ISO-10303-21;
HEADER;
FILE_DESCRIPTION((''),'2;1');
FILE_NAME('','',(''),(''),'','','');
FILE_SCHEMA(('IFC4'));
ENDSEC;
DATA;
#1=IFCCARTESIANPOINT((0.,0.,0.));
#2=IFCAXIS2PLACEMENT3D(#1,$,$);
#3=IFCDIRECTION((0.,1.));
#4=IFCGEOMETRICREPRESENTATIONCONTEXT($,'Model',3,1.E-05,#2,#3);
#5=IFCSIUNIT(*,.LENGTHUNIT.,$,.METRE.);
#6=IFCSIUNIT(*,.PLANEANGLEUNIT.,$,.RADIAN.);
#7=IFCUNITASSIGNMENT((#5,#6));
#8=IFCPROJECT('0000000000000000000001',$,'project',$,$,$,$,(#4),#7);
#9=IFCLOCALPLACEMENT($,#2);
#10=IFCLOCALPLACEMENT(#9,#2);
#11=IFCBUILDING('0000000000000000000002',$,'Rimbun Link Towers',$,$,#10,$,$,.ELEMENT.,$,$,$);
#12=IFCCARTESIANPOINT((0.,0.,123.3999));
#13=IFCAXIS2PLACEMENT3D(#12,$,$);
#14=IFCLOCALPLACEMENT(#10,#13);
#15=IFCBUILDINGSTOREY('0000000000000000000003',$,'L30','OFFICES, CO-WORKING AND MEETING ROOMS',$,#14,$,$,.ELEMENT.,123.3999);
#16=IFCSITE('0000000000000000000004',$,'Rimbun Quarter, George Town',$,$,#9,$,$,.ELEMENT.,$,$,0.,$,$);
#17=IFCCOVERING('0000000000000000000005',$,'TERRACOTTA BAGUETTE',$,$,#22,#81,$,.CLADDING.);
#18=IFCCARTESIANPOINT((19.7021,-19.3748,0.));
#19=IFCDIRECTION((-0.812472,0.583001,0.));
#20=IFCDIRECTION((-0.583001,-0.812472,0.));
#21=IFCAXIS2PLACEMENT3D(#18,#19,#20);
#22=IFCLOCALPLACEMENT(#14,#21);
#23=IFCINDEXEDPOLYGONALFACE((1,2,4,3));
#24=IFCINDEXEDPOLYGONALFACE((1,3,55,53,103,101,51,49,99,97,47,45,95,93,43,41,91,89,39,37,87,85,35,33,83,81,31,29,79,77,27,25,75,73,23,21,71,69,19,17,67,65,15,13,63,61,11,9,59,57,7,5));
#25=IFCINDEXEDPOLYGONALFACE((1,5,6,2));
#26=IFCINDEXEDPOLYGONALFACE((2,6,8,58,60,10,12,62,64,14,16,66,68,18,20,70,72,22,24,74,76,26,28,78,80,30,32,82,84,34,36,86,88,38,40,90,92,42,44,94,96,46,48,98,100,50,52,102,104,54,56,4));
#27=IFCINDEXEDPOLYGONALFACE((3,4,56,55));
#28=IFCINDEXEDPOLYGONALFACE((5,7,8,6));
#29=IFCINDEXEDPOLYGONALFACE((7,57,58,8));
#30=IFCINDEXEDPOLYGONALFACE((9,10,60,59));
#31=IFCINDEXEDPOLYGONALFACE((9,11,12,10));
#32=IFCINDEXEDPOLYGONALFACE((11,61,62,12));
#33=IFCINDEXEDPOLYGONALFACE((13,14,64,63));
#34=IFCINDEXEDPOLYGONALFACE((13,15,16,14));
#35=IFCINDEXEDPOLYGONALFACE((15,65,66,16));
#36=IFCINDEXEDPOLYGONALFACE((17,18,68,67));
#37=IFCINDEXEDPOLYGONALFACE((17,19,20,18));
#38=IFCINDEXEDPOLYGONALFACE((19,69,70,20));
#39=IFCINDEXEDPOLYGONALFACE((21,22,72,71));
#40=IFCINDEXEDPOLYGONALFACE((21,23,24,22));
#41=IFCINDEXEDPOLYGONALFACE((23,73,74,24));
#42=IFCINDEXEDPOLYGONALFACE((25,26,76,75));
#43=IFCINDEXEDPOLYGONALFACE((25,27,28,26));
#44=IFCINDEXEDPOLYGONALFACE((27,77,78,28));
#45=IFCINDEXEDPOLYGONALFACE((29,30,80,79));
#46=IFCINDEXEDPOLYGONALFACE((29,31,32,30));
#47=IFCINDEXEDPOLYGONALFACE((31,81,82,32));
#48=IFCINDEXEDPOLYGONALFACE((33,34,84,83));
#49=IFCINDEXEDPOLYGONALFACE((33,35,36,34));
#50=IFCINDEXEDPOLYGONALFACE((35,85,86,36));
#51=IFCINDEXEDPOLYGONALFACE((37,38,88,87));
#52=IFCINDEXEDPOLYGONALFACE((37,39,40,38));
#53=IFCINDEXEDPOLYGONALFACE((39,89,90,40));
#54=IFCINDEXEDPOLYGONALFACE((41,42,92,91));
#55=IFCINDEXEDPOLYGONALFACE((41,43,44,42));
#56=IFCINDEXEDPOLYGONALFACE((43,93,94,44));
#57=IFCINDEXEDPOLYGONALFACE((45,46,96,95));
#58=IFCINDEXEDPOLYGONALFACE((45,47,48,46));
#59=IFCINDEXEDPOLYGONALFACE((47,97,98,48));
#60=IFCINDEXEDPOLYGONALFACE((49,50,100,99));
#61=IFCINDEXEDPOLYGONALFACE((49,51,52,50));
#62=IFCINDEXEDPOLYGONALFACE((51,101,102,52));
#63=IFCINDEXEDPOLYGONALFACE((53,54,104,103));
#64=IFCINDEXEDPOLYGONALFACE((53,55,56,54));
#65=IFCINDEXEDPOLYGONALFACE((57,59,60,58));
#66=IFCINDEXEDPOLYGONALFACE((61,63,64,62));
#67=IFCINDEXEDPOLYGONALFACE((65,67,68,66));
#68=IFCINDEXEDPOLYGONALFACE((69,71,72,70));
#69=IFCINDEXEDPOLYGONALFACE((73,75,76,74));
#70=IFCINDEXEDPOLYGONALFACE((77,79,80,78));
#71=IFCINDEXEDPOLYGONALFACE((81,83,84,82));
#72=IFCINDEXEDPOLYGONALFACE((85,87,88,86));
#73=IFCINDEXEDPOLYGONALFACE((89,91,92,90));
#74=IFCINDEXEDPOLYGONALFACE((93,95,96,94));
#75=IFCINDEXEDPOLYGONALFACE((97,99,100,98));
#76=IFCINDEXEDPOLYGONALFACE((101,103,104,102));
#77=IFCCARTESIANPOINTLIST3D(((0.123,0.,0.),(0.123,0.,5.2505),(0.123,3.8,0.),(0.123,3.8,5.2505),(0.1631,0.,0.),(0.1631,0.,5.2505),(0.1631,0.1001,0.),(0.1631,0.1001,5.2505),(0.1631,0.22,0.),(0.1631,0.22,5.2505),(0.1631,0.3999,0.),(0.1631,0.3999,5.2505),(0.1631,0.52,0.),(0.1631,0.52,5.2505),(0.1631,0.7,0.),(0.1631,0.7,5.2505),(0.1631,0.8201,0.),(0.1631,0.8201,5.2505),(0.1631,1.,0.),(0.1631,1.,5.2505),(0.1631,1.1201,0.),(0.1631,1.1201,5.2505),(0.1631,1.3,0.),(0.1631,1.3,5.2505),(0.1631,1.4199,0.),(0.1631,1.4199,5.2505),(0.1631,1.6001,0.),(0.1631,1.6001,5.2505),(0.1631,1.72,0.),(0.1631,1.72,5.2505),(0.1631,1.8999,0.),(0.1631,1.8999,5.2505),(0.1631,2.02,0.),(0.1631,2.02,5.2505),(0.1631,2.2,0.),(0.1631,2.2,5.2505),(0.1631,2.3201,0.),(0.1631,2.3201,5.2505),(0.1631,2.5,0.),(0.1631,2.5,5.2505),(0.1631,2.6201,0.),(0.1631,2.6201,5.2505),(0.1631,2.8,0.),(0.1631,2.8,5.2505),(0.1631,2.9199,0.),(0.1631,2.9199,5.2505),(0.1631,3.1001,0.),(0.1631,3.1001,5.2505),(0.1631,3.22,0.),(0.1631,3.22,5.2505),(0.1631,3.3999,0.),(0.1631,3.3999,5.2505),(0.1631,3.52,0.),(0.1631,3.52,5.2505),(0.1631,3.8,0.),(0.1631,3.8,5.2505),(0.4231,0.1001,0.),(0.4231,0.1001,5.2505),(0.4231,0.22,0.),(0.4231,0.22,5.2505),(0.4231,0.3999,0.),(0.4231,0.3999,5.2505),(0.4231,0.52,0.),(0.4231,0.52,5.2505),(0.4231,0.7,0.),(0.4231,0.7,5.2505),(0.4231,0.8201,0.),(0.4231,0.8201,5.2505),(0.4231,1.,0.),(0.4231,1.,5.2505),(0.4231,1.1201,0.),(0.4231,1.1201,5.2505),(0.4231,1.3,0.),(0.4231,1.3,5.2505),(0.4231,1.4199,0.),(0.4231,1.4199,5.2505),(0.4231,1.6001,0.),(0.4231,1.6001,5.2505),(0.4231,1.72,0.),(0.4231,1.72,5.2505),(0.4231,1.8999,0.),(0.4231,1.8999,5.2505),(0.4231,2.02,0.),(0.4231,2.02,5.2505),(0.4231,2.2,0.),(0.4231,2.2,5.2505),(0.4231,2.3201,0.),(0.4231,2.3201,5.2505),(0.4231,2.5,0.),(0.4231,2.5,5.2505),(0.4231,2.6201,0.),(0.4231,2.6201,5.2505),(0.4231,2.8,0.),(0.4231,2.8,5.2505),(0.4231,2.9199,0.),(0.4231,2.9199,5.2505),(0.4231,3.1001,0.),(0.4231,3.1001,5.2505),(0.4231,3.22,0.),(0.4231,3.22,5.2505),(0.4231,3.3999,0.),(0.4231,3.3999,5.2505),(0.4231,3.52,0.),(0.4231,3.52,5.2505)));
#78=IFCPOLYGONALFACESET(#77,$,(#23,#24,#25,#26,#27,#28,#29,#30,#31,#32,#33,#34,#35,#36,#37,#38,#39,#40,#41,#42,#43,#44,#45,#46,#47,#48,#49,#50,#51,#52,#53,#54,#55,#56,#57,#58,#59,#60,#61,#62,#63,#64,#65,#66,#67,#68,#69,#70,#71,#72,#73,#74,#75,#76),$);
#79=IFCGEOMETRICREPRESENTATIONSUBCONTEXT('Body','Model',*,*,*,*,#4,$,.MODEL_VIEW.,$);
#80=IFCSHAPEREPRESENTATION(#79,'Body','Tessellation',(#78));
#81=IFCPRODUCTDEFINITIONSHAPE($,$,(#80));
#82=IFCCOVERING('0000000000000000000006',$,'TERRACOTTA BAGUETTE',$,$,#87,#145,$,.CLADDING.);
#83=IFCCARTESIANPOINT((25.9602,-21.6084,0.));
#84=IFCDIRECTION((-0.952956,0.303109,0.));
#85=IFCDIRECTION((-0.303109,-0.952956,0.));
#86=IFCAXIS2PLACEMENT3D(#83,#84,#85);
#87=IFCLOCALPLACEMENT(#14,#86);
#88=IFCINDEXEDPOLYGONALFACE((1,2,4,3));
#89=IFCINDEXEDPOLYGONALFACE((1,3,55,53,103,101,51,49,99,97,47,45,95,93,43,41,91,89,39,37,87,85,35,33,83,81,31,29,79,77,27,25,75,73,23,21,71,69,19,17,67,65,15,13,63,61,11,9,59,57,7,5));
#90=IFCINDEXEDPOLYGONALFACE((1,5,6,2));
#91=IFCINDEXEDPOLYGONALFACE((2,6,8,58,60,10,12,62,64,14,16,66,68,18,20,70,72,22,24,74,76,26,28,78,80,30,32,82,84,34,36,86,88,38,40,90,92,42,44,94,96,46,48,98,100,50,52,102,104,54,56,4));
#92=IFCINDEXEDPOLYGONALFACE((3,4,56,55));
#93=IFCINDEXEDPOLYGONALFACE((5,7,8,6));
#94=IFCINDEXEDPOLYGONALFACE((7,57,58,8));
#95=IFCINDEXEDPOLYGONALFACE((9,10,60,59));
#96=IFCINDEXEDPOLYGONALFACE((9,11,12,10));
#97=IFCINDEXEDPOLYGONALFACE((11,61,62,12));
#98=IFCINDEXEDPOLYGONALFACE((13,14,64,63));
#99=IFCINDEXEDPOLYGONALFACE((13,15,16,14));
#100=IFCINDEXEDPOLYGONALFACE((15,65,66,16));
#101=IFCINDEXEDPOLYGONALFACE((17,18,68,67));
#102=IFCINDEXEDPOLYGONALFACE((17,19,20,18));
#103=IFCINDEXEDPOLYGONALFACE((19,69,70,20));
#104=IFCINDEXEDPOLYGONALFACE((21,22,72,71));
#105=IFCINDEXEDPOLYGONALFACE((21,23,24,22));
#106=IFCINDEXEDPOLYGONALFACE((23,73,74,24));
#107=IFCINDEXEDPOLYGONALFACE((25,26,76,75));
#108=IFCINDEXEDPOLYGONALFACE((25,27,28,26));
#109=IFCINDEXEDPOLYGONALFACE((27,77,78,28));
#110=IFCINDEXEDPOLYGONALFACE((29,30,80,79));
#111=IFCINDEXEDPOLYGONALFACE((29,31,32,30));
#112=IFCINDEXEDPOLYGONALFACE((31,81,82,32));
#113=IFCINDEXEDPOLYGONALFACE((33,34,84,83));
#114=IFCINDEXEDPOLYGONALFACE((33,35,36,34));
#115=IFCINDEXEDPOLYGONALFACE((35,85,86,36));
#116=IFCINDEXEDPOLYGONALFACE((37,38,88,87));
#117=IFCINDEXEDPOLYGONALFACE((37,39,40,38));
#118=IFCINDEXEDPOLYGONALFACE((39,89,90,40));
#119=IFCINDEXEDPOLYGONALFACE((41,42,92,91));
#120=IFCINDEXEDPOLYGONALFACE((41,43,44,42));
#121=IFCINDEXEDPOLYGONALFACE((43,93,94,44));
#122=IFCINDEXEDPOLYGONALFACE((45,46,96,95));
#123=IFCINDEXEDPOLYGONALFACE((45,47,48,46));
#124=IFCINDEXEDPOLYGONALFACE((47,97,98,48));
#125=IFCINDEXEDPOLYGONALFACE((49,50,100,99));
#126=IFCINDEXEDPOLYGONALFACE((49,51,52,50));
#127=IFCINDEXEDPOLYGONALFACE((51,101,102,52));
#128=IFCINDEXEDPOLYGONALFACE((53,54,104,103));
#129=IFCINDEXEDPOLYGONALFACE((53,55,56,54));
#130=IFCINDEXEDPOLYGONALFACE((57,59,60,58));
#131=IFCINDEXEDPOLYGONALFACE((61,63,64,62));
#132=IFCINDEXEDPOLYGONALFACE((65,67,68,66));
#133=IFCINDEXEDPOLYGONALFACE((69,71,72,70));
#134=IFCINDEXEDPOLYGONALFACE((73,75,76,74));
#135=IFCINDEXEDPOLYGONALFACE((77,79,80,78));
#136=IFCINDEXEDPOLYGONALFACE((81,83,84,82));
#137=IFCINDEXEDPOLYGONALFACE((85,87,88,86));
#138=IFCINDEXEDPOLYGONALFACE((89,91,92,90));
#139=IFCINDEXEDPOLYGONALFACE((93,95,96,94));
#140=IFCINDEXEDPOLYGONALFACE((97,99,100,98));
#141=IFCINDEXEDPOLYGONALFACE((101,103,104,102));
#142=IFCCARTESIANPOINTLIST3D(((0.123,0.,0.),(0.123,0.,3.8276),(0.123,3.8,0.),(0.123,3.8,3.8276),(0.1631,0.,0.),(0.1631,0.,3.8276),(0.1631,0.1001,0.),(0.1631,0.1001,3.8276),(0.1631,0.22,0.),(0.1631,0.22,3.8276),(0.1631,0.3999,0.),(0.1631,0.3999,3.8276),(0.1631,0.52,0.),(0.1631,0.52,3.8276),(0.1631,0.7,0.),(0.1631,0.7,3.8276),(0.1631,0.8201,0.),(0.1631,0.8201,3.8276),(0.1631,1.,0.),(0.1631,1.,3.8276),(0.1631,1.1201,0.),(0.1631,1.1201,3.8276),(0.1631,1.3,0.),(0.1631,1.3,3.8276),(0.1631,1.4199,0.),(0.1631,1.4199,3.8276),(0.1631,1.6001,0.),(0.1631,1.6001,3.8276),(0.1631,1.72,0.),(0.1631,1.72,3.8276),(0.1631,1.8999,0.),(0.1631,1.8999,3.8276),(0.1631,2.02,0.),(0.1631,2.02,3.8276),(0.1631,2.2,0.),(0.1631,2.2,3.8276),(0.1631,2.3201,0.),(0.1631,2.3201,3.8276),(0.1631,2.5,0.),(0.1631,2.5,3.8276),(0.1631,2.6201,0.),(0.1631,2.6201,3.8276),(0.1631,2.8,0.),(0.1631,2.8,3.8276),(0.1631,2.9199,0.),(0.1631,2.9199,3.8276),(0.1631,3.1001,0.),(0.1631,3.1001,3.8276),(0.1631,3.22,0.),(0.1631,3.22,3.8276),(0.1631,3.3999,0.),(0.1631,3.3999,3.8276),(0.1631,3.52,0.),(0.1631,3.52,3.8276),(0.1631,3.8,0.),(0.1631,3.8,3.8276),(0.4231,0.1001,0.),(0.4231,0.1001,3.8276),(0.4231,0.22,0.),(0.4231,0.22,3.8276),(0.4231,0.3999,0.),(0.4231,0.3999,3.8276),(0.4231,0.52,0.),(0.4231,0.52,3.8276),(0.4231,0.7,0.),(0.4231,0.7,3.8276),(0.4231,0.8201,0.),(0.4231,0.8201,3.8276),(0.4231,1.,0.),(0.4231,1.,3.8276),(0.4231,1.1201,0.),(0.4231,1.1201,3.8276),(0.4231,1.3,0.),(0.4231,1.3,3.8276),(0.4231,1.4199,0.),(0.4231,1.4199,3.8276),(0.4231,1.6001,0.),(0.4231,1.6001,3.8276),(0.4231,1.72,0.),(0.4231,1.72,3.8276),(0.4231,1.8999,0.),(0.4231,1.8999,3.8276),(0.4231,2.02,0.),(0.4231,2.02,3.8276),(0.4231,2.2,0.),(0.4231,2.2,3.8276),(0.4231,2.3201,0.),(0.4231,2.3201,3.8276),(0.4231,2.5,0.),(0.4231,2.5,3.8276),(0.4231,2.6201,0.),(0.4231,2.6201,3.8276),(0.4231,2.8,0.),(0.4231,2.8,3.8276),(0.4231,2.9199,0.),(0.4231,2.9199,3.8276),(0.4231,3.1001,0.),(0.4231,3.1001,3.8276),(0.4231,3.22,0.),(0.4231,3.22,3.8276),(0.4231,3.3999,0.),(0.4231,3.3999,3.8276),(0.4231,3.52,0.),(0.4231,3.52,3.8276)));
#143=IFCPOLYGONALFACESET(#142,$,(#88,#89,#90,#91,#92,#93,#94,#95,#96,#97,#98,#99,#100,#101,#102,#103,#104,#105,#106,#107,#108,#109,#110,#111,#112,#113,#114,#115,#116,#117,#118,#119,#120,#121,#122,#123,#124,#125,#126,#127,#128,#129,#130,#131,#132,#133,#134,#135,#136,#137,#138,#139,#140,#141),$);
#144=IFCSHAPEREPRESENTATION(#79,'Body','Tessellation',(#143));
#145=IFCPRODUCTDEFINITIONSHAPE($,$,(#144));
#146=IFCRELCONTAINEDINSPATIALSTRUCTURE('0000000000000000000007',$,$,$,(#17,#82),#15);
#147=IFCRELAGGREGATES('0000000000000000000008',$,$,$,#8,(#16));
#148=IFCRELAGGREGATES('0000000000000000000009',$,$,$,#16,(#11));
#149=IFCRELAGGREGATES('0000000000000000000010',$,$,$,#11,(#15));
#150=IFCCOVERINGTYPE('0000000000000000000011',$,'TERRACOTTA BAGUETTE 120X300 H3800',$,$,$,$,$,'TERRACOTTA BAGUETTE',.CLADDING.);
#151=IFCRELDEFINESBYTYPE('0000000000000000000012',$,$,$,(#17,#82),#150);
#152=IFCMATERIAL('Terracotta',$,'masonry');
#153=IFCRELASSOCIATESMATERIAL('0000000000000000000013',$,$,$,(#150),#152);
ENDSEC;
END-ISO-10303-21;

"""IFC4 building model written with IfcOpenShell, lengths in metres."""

from ifc_helpers import new_model, si_unit, direction, frame, origin, place, context, subcontext, project, spatial, polyline, outline, extrude, material, material_profile, profile_set, type_object, element, save


model = new_model("IFC4")

# Units and contexts
model_context = context("Model", 3, precision=1e-05, world=origin(), true_north=direction((0.0, 1.0)))
body_context = subcontext(model_context, "Body", "Model", "MODEL_VIEW")
ifc_project = project(units=[si_unit("LENGTHUNIT", "METRE"), si_unit("PLANEANGLEUNIT", "RADIAN")], contexts=[model_context])

# Site, building, storey
site_placement = place(None, origin())
site = spatial("IfcSite", under=ifc_project, at=site_placement, Name="Rimbun Quarter, George Town", CompositionType="ELEMENT", RefElevation=0.0)
building_placement = place(site_placement, origin())
building = spatial("IfcBuilding", under=site, at=building_placement, Name="Rimbun Link Towers", CompositionType="ELEMENT")
storey_placement = place(building_placement, frame((0.0, 0.0, 123.3999)))
storey = spatial("IfcBuildingStorey", under=building, at=storey_placement, Name="L30", Description="OFFICES, CO-WORKING AND MEETING ROOMS", CompositionType="ELEMENT", Elevation=123.3999)

# Coverings
ifc_material_1 = material(Name="Terracotta", Category="masonry")
ifc_material_profile_1 = material_profile(ifc_material_1, outline(polyline([(0.123, 0.0), (0.1631, 0.0), (0.1631, 0.1001), (0.4231, 0.1001), (0.4231, 0.22), (0.1631, 0.22), (0.1631, 0.3999), (0.4231, 0.3999), (0.4231, 0.52), (0.1631, 0.52), (0.1631, 0.7), (0.4231, 0.7), (0.4231, 0.8201), (0.1631, 0.8201), (0.1631, 1.0), (0.4231, 1.0), (0.4231, 1.1201), (0.1631, 1.1201), (0.1631, 1.3), (0.4231, 1.3), (0.4231, 1.4199), (0.1631, 1.4199), (0.1631, 1.6001), (0.4231, 1.6001), (0.4231, 1.72), (0.1631, 1.72), (0.1631, 1.8999), (0.4231, 1.8999), (0.4231, 2.02), (0.1631, 2.02), (0.1631, 2.2), (0.4231, 2.2), (0.4231, 2.3201), (0.1631, 2.3201), (0.1631, 2.5), (0.4231, 2.5), (0.4231, 2.6201), (0.1631, 2.6201), (0.1631, 2.8), (0.4231, 2.8), (0.4231, 2.9199), (0.1631, 2.9199), (0.1631, 3.1001), (0.4231, 3.1001), (0.4231, 3.22), (0.1631, 3.22), (0.1631, 3.3999), (0.4231, 3.3999), (0.4231, 3.52), (0.1631, 3.52), (0.1631, 3.8), (0.123, 3.8), (0.123, 0.0)])), Name="BAGUETTE 120X300")
ifc_profile_set_1 = profile_set([ifc_material_profile_1], Name="Terracotta")
covering_type = type_object("IfcCoveringType", Name="TERRACOTTA BAGUETTE 120X300 H3800", ElementType="TERRACOTTA BAGUETTE", PredefinedType="CLADDING", material=ifc_profile_set_1)
covering_1_placement = place(storey_placement, frame((19.7021, -19.3748, 0.0), z_axis=(-0.812472, 0.583001, 0.0), x_axis=(-0.583001, -0.812472, 0.0)))
element("IfcCovering", 1, at=covering_1_placement, inside=storey, type_object=covering_type, Name="TERRACOTTA BAGUETTE", PredefinedType="CLADDING", context=body_context, shape_type="SweptSolid", body=[
    extrude(outline(polyline([(0.123, 0.0), (0.1631, 0.0), (0.1631, 0.1001), (0.4231, 0.1001), (0.4231, 0.22), (0.1631, 0.22), (0.1631, 0.3999), (0.4231, 0.3999), (0.4231, 0.52), (0.1631, 0.52), (0.1631, 0.7), (0.4231, 0.7), (0.4231, 0.8201), (0.1631, 0.8201), (0.1631, 1.0), (0.4231, 1.0), (0.4231, 1.1201), (0.1631, 1.1201), (0.1631, 1.3), (0.4231, 1.3), (0.4231, 1.4199), (0.1631, 1.4199), (0.1631, 1.6001), (0.4231, 1.6001), (0.4231, 1.72), (0.1631, 1.72), (0.1631, 1.8999), (0.4231, 1.8999), (0.4231, 2.02), (0.1631, 2.02), (0.1631, 2.2), (0.4231, 2.2), (0.4231, 2.3201), (0.1631, 2.3201), (0.1631, 2.5), (0.4231, 2.5), (0.4231, 2.6201), (0.1631, 2.6201), (0.1631, 2.8), (0.4231, 2.8), (0.4231, 2.9199), (0.1631, 2.9199), (0.1631, 3.1001), (0.4231, 3.1001), (0.4231, 3.22), (0.1631, 3.22), (0.1631, 3.3999), (0.4231, 3.3999), (0.4231, 3.52), (0.1631, 3.52), (0.1631, 3.8), (0.123, 3.8), (0.123, 0.0)])), origin(), (0.0, 0.0, 1.0), 5.2505),
])
covering_2_placement = place(storey_placement, frame((25.9602, -21.6084, 0.0), z_axis=(-0.952956, 0.303109, 0.0), x_axis=(-0.303109, -0.952956, 0.0)))
element("IfcCovering", 2, at=covering_2_placement, inside=storey, type_object=covering_type, Name="TERRACOTTA BAGUETTE", PredefinedType="CLADDING", context=body_context, shape_type="SweptSolid", body=[
    extrude(outline(polyline([(0.123, 0.0), (0.1631, 0.0), (0.1631, 0.1001), (0.4231, 0.1001), (0.4231, 0.22), (0.1631, 0.22), (0.1631, 0.3999), (0.4231, 0.3999), (0.4231, 0.52), (0.1631, 0.52), (0.1631, 0.7), (0.4231, 0.7), (0.4231, 0.8201), (0.1631, 0.8201), (0.1631, 1.0), (0.4231, 1.0), (0.4231, 1.1201), (0.1631, 1.1201), (0.1631, 1.3), (0.4231, 1.3), (0.4231, 1.4199), (0.1631, 1.4199), (0.1631, 1.6001), (0.4231, 1.6001), (0.4231, 1.72), (0.1631, 1.72), (0.1631, 1.8999), (0.4231, 1.8999), (0.4231, 2.02), (0.1631, 2.02), (0.1631, 2.2), (0.4231, 2.2), (0.4231, 2.3201), (0.1631, 2.3201), (0.1631, 2.5), (0.4231, 2.5), (0.4231, 2.6201), (0.1631, 2.6201), (0.1631, 2.8), (0.4231, 2.8), (0.4231, 2.9199), (0.1631, 2.9199), (0.1631, 3.1001), (0.4231, 3.1001), (0.4231, 3.22), (0.1631, 3.22), (0.1631, 3.3999), (0.4231, 3.3999), (0.4231, 3.52), (0.1631, 3.52), (0.1631, 3.8), (0.123, 3.8), (0.123, 0.0)])), origin(), (0.0, 0.0, 1.0), 3.8276),
])

save(model, "model.ifc")
